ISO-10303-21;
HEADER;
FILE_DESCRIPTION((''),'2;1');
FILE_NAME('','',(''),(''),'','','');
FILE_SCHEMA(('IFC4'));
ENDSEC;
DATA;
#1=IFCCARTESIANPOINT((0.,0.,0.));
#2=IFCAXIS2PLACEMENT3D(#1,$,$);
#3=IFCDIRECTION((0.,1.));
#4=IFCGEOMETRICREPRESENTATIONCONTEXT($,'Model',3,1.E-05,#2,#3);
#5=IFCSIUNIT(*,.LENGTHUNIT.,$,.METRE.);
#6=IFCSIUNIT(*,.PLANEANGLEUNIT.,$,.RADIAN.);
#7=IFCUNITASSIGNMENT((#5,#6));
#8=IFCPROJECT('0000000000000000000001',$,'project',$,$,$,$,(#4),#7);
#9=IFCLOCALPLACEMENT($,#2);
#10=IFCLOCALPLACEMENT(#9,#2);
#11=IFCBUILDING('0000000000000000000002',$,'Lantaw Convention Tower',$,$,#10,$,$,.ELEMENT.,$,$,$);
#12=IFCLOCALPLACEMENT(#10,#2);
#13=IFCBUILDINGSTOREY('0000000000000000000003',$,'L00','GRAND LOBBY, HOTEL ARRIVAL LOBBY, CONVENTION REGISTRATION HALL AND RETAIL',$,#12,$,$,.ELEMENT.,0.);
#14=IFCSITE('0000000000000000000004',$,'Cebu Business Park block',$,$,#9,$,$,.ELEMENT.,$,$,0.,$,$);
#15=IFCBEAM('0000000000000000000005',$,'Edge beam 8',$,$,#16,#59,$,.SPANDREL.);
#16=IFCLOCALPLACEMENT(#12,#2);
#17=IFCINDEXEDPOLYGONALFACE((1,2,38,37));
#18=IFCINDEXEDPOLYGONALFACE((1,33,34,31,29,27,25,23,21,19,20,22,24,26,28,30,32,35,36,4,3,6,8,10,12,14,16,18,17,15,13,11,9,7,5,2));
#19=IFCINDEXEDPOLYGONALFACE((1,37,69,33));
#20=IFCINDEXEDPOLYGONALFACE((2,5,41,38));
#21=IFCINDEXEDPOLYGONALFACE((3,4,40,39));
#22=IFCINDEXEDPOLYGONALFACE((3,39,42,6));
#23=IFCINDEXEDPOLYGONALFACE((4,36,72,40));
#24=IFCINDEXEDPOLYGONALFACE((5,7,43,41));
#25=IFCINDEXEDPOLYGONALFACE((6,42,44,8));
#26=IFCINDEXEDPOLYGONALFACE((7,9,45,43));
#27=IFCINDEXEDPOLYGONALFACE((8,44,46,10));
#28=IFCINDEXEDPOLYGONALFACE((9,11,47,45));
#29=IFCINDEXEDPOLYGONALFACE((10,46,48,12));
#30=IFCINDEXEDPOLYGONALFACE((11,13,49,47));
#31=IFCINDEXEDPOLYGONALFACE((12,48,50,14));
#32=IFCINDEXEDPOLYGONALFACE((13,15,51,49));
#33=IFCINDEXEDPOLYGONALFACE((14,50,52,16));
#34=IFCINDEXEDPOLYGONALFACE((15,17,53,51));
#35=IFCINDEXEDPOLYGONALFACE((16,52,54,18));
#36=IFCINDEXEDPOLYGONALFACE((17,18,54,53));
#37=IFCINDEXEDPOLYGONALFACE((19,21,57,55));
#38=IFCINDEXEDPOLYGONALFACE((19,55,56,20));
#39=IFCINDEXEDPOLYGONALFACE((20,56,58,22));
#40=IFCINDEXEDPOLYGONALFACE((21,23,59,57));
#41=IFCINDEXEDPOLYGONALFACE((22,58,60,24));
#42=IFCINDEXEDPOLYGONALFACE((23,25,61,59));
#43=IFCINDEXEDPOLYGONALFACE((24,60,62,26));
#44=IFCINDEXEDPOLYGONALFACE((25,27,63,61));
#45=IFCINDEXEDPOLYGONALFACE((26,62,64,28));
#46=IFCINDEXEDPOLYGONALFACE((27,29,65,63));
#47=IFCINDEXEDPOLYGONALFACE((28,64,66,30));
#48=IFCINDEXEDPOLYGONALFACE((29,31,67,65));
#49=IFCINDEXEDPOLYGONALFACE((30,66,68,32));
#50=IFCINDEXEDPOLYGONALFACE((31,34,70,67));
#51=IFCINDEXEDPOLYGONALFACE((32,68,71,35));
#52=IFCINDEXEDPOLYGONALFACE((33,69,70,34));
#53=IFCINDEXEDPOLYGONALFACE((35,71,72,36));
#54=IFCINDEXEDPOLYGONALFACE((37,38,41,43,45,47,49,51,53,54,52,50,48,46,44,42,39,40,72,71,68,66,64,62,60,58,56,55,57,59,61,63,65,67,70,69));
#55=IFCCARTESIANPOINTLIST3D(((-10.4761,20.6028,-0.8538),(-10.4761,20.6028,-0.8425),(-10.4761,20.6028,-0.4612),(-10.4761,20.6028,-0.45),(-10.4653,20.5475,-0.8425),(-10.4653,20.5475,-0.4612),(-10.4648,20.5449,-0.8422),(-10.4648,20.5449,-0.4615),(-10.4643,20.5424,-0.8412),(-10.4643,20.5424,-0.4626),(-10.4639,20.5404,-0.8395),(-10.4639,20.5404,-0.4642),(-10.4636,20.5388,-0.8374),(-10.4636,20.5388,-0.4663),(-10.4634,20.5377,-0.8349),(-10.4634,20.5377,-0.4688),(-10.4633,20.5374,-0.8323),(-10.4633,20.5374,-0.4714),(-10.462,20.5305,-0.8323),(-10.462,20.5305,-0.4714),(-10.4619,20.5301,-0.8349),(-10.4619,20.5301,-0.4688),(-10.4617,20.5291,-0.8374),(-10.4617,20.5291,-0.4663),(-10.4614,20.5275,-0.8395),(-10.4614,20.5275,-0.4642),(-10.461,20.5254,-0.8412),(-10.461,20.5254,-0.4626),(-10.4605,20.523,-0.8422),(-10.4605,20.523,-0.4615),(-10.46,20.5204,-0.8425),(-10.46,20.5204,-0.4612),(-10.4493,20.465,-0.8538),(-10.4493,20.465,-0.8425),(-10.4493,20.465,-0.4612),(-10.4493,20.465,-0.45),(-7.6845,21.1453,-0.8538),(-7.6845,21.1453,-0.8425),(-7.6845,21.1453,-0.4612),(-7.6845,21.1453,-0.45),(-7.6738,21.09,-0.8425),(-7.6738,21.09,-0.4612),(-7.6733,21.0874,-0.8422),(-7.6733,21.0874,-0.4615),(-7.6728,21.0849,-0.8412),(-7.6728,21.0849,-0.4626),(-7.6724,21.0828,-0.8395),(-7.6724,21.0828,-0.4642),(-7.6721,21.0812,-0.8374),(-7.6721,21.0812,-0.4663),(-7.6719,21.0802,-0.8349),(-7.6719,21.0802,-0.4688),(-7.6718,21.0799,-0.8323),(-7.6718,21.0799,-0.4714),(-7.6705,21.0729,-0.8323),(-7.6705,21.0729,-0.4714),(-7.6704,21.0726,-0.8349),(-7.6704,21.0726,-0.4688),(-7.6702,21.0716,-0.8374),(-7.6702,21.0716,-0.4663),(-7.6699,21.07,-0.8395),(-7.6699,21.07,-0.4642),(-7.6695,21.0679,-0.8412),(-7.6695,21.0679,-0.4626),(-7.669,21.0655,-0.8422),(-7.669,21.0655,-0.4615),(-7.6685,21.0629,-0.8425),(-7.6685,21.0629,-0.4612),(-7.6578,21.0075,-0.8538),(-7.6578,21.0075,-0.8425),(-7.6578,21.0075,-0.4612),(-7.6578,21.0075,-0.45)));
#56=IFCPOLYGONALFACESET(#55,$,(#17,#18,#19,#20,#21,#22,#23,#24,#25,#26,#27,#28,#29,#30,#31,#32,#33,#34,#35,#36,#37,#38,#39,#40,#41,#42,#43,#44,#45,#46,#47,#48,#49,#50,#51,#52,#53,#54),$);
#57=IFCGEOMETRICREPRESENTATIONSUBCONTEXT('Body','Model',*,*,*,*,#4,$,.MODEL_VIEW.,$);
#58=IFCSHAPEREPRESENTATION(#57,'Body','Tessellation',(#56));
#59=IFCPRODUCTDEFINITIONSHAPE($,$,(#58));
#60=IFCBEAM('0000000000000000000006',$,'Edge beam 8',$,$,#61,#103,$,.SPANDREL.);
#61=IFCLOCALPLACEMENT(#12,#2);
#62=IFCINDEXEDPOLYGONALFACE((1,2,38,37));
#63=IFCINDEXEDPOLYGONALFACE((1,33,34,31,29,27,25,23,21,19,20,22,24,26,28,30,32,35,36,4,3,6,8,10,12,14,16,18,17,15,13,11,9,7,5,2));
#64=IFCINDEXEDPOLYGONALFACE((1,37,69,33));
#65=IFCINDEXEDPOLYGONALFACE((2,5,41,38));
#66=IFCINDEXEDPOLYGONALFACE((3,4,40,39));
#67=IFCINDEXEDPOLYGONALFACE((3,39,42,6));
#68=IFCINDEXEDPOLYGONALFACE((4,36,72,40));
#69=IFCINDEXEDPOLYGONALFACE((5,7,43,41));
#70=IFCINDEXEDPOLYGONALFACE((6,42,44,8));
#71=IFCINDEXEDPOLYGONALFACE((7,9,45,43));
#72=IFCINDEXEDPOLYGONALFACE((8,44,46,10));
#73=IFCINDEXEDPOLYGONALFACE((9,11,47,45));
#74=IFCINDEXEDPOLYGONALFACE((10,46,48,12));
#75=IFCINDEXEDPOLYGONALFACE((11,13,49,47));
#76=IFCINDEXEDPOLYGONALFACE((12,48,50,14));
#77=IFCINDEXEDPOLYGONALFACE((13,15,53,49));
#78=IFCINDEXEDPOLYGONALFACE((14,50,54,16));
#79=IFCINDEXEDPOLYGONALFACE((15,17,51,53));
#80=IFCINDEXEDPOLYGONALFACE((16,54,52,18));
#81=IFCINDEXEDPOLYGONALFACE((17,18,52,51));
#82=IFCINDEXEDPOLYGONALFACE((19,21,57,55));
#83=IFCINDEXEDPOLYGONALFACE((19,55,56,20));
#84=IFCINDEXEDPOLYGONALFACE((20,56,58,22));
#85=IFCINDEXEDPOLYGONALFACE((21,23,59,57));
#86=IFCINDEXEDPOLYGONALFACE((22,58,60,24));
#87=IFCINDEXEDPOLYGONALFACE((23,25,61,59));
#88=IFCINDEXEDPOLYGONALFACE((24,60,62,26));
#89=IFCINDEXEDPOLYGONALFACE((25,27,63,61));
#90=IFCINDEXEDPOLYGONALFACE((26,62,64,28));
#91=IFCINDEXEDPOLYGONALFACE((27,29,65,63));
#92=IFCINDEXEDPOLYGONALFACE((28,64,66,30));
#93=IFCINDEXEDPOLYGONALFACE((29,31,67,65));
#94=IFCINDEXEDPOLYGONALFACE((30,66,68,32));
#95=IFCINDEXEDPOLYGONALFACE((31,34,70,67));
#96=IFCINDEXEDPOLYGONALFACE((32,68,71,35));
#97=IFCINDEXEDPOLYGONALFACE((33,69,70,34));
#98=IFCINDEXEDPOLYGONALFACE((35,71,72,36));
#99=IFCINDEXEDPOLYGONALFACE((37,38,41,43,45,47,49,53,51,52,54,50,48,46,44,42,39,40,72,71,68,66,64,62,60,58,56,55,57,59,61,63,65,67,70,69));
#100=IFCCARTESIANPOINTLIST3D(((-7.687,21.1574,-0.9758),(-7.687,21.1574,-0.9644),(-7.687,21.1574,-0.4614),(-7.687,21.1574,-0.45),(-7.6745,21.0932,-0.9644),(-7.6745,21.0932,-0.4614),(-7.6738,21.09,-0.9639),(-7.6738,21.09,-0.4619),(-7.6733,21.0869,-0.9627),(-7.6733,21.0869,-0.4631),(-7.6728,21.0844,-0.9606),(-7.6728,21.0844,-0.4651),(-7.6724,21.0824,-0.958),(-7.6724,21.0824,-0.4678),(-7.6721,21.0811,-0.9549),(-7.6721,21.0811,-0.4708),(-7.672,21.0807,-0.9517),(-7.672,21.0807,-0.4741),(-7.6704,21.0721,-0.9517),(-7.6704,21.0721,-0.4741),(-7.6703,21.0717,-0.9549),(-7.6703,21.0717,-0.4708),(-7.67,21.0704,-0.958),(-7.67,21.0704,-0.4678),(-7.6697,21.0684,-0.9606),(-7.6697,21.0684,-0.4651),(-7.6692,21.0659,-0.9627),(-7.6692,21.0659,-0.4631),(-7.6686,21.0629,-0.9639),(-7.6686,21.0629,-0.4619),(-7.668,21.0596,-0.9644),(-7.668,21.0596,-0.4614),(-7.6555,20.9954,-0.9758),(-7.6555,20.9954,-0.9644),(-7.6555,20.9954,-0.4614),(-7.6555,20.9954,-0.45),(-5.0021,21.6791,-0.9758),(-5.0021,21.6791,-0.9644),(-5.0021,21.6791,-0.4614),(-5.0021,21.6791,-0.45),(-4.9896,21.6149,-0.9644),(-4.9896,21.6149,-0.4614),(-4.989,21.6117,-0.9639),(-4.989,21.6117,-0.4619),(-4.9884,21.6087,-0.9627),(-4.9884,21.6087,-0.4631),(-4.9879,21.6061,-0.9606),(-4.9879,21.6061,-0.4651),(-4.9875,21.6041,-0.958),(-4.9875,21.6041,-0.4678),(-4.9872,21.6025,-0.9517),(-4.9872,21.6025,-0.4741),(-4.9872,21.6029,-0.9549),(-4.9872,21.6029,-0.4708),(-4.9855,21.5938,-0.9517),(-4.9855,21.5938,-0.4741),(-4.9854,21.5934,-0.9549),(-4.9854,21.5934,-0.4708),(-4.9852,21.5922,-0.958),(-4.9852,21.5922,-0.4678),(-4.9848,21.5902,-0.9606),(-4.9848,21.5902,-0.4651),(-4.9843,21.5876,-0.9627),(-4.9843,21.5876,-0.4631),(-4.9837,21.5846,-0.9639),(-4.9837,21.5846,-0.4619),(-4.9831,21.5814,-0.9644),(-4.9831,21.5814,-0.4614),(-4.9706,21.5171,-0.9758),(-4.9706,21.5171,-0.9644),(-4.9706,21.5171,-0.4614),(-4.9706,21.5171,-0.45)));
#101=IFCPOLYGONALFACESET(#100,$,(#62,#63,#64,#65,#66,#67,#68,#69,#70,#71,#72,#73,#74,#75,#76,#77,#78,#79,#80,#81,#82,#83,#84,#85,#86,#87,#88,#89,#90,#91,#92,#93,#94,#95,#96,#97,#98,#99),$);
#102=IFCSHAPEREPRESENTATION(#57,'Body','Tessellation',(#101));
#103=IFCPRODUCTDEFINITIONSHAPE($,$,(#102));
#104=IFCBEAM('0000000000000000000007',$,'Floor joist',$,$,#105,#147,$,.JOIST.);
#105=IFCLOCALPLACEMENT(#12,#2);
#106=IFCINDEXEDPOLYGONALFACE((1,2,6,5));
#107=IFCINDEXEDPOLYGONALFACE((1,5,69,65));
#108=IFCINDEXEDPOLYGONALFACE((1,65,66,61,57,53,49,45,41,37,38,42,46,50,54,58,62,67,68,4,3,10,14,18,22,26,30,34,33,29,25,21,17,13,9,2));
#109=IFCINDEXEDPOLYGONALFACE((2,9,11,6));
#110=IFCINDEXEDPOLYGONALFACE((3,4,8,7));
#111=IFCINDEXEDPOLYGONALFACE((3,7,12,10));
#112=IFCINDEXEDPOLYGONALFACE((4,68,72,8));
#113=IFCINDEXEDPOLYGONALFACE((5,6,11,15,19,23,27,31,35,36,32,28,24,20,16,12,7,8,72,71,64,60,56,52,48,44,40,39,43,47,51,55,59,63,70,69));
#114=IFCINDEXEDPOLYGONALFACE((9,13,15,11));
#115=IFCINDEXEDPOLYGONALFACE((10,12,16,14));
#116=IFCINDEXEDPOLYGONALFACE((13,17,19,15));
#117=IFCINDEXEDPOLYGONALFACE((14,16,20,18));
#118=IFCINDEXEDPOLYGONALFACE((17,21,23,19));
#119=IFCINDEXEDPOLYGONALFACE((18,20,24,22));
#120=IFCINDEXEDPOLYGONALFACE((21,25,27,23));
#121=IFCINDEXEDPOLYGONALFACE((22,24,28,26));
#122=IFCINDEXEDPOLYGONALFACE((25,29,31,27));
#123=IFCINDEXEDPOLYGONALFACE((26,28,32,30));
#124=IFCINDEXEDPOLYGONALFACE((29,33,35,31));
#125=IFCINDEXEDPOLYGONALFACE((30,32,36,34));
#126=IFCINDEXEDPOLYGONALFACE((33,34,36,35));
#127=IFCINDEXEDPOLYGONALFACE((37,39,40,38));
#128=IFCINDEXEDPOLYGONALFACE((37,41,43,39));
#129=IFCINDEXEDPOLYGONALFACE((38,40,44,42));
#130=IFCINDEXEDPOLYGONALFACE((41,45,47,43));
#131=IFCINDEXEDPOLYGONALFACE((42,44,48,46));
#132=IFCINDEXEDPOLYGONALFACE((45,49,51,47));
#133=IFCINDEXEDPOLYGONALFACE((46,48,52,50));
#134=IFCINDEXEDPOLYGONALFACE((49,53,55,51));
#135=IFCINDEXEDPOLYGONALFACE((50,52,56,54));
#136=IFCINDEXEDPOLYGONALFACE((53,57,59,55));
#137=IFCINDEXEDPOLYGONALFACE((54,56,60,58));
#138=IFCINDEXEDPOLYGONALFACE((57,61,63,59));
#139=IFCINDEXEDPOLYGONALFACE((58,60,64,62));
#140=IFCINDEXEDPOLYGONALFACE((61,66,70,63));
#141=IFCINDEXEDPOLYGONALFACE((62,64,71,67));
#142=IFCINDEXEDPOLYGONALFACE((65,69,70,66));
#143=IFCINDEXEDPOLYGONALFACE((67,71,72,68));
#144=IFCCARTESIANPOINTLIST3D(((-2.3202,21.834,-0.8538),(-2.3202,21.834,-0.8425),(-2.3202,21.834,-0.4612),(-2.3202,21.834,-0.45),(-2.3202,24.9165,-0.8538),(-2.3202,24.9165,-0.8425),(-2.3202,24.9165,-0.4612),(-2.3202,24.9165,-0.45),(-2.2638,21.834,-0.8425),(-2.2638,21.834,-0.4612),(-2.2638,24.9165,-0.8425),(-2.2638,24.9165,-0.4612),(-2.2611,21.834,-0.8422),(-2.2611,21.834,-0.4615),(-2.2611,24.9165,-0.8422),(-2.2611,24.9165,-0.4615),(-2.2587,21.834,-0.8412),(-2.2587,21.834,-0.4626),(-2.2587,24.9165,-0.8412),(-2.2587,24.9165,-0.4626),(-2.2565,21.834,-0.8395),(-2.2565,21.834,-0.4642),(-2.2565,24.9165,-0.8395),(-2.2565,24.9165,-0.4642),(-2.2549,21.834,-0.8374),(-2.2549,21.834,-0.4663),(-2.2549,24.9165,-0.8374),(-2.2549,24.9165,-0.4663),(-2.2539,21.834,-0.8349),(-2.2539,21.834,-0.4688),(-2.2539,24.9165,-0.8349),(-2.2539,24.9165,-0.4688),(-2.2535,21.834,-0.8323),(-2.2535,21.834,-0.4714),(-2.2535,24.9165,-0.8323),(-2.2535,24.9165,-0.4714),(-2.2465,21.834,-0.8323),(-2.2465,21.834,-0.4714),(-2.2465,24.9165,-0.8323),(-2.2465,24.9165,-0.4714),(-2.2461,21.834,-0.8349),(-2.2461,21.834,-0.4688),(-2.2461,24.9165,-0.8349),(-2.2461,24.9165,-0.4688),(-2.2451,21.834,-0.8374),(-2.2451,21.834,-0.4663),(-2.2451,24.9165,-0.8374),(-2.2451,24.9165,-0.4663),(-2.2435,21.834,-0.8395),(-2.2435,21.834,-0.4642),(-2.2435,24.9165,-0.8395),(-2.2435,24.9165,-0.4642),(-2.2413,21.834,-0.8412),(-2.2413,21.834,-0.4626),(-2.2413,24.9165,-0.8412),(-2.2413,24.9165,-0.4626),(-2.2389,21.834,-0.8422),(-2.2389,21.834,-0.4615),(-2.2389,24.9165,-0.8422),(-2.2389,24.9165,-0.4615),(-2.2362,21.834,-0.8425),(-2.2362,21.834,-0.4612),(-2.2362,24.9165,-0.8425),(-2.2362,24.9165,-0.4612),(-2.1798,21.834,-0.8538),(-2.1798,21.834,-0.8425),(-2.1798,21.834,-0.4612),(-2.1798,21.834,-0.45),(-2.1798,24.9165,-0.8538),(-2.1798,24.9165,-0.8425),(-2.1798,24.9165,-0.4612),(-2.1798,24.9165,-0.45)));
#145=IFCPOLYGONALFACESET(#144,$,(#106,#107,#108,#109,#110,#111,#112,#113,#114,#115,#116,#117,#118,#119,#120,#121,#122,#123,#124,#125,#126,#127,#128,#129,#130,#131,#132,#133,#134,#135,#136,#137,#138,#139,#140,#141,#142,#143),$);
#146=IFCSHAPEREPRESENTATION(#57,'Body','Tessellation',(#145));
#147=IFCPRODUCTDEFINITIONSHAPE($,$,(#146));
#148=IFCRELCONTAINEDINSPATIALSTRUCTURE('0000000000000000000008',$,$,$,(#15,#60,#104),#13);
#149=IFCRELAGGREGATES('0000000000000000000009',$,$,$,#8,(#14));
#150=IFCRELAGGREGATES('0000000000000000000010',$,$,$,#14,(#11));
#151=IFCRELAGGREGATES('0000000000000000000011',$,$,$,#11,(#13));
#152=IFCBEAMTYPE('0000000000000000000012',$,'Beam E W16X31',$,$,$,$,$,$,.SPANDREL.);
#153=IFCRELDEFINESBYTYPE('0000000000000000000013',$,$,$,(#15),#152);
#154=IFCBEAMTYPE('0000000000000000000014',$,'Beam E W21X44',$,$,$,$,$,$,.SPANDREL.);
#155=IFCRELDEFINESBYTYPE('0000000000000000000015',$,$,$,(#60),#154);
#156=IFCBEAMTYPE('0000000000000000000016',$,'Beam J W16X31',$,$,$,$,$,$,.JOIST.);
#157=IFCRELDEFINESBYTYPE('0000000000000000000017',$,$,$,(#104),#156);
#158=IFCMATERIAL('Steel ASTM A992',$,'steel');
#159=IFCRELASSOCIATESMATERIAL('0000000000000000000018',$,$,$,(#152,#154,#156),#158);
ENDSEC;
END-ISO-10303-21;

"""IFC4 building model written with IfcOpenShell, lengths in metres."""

from ifc_helpers import new_model, si_unit, direction, frame, origin, origin_2d, place, context, subcontext, project, spatial, i_section, extrude, material, material_profile, profile_set, type_object, element, save


model = new_model("IFC4")

# Units and contexts
model_context = context("Model", 3, precision=1e-05, world=origin(), true_north=direction((0.0, 1.0)))
body_context = subcontext(model_context, "Body", "Model", "MODEL_VIEW")
ifc_project = project(units=[si_unit("LENGTHUNIT", "METRE"), si_unit("PLANEANGLEUNIT", "RADIAN")], contexts=[model_context])

# Site, building, storey
site_placement = place(None, origin())
site = spatial("IfcSite", under=ifc_project, at=site_placement, Name="Cebu Business Park block", CompositionType="ELEMENT", RefElevation=0.0)
building_placement = place(site_placement, origin())
building = spatial("IfcBuilding", under=site, at=building_placement, Name="Lantaw Convention Tower", CompositionType="ELEMENT")
storey_placement = place(building_placement, origin())
storey = spatial("IfcBuildingStorey", under=building, at=storey_placement, Name="L00", Description="GRAND LOBBY, HOTEL ARRIVAL LOBBY, CONVENTION REGISTRATION HALL AND RETAIL", CompositionType="ELEMENT", Elevation=0.0)

# Beams
ifc_material_1 = material(Name="Steel ASTM A992", Category="steel")
ifc_material_profile_1 = material_profile(ifc_material_1, i_section(OverallWidth=0.1404, OverallDepth=0.4038, WebThickness=0.0071, FlangeThickness=0.0112, FilletRadius=0.0103, at=origin_2d()), Name="W16X31")
ifc_profile_set_1 = profile_set([ifc_material_profile_1], Name="Steel ASTM A992")
beam_type_1 = type_object("IfcBeamType", Name="Beam E W16X31", PredefinedType="SPANDREL", material=ifc_profile_set_1)
beam_1_placement = place(storey_placement, frame((-7.6711, 21.0764, -0.6519), z_axis=(-0.981636, -0.190764, 0.0), x_axis=(0.190764, -0.981636, 0.0)))
element("IfcBeam", 1, at=beam_1_placement, inside=storey, type_object=beam_type_1, Name="Edge beam 8", PredefinedType="SPANDREL", context=body_context, shape_type="SweptSolid", body=[
    extrude(i_section(OverallWidth=0.1404, OverallDepth=0.4038, WebThickness=0.0071, FlangeThickness=0.0112, FilletRadius=0.0103, at=origin_2d()), origin(), (0.0, 0.0, 1.0), 2.8438),
])
ifc_material_profile_2 = material_profile(ifc_material_1, i_section(OverallWidth=0.165, OverallDepth=0.5259, WebThickness=0.0088, FlangeThickness=0.0115, FilletRadius=0.0127, at=origin_2d()), Name="W21X44")
ifc_profile_set_2 = profile_set([ifc_material_profile_2], Name="Steel ASTM A992")
beam_type_2 = type_object("IfcBeamType", Name="Beam E W21X44", PredefinedType="SPANDREL", material=ifc_profile_set_2)
beam_2_placement = place(storey_placement, frame((-4.9863, 21.5981, -0.7129), z_axis=(-0.981637, -0.190757, 0.0), x_axis=(0.190757, -0.981637, 0.0)))
element("IfcBeam", 2, at=beam_2_placement, inside=storey, type_object=beam_type_2, Name="Edge beam 8", PredefinedType="SPANDREL", context=body_context, shape_type="SweptSolid", body=[
    extrude(i_section(OverallWidth=0.165, OverallDepth=0.5259, WebThickness=0.0088, FlangeThickness=0.0115, FilletRadius=0.0127, at=origin_2d()), origin(), (0.0, 0.0, 1.0), 2.7351),
])
ifc_material_profile_3 = material_profile(ifc_material_1, i_section(OverallWidth=0.1404, OverallDepth=0.4038, WebThickness=0.0071, FlangeThickness=0.0112, FilletRadius=0.0103, at=origin_2d()), Name="W16X31")
ifc_profile_set_3 = profile_set([ifc_material_profile_3], Name="Steel ASTM A992")
beam_type_3 = type_object("IfcBeamType", Name="Beam J W16X31", PredefinedType="JOIST", material=ifc_profile_set_3)
beam_3_placement = place(storey_placement, frame((-2.25, 21.834, -0.6519), z_axis=(0.0, 1.0, 0.0), x_axis=(-1.0, 0.0, 0.0)))
element("IfcBeam", 3, at=beam_3_placement, inside=storey, type_object=beam_type_3, Name="Floor joist", PredefinedType="JOIST", context=body_context, shape_type="SweptSolid", body=[
    extrude(i_section(OverallWidth=0.1404, OverallDepth=0.4038, WebThickness=0.0071, FlangeThickness=0.0112, FilletRadius=0.0103, at=origin_2d()), origin(), (0.0, 0.0, 1.0), 3.0825),
])

save(model, "model.ifc")
